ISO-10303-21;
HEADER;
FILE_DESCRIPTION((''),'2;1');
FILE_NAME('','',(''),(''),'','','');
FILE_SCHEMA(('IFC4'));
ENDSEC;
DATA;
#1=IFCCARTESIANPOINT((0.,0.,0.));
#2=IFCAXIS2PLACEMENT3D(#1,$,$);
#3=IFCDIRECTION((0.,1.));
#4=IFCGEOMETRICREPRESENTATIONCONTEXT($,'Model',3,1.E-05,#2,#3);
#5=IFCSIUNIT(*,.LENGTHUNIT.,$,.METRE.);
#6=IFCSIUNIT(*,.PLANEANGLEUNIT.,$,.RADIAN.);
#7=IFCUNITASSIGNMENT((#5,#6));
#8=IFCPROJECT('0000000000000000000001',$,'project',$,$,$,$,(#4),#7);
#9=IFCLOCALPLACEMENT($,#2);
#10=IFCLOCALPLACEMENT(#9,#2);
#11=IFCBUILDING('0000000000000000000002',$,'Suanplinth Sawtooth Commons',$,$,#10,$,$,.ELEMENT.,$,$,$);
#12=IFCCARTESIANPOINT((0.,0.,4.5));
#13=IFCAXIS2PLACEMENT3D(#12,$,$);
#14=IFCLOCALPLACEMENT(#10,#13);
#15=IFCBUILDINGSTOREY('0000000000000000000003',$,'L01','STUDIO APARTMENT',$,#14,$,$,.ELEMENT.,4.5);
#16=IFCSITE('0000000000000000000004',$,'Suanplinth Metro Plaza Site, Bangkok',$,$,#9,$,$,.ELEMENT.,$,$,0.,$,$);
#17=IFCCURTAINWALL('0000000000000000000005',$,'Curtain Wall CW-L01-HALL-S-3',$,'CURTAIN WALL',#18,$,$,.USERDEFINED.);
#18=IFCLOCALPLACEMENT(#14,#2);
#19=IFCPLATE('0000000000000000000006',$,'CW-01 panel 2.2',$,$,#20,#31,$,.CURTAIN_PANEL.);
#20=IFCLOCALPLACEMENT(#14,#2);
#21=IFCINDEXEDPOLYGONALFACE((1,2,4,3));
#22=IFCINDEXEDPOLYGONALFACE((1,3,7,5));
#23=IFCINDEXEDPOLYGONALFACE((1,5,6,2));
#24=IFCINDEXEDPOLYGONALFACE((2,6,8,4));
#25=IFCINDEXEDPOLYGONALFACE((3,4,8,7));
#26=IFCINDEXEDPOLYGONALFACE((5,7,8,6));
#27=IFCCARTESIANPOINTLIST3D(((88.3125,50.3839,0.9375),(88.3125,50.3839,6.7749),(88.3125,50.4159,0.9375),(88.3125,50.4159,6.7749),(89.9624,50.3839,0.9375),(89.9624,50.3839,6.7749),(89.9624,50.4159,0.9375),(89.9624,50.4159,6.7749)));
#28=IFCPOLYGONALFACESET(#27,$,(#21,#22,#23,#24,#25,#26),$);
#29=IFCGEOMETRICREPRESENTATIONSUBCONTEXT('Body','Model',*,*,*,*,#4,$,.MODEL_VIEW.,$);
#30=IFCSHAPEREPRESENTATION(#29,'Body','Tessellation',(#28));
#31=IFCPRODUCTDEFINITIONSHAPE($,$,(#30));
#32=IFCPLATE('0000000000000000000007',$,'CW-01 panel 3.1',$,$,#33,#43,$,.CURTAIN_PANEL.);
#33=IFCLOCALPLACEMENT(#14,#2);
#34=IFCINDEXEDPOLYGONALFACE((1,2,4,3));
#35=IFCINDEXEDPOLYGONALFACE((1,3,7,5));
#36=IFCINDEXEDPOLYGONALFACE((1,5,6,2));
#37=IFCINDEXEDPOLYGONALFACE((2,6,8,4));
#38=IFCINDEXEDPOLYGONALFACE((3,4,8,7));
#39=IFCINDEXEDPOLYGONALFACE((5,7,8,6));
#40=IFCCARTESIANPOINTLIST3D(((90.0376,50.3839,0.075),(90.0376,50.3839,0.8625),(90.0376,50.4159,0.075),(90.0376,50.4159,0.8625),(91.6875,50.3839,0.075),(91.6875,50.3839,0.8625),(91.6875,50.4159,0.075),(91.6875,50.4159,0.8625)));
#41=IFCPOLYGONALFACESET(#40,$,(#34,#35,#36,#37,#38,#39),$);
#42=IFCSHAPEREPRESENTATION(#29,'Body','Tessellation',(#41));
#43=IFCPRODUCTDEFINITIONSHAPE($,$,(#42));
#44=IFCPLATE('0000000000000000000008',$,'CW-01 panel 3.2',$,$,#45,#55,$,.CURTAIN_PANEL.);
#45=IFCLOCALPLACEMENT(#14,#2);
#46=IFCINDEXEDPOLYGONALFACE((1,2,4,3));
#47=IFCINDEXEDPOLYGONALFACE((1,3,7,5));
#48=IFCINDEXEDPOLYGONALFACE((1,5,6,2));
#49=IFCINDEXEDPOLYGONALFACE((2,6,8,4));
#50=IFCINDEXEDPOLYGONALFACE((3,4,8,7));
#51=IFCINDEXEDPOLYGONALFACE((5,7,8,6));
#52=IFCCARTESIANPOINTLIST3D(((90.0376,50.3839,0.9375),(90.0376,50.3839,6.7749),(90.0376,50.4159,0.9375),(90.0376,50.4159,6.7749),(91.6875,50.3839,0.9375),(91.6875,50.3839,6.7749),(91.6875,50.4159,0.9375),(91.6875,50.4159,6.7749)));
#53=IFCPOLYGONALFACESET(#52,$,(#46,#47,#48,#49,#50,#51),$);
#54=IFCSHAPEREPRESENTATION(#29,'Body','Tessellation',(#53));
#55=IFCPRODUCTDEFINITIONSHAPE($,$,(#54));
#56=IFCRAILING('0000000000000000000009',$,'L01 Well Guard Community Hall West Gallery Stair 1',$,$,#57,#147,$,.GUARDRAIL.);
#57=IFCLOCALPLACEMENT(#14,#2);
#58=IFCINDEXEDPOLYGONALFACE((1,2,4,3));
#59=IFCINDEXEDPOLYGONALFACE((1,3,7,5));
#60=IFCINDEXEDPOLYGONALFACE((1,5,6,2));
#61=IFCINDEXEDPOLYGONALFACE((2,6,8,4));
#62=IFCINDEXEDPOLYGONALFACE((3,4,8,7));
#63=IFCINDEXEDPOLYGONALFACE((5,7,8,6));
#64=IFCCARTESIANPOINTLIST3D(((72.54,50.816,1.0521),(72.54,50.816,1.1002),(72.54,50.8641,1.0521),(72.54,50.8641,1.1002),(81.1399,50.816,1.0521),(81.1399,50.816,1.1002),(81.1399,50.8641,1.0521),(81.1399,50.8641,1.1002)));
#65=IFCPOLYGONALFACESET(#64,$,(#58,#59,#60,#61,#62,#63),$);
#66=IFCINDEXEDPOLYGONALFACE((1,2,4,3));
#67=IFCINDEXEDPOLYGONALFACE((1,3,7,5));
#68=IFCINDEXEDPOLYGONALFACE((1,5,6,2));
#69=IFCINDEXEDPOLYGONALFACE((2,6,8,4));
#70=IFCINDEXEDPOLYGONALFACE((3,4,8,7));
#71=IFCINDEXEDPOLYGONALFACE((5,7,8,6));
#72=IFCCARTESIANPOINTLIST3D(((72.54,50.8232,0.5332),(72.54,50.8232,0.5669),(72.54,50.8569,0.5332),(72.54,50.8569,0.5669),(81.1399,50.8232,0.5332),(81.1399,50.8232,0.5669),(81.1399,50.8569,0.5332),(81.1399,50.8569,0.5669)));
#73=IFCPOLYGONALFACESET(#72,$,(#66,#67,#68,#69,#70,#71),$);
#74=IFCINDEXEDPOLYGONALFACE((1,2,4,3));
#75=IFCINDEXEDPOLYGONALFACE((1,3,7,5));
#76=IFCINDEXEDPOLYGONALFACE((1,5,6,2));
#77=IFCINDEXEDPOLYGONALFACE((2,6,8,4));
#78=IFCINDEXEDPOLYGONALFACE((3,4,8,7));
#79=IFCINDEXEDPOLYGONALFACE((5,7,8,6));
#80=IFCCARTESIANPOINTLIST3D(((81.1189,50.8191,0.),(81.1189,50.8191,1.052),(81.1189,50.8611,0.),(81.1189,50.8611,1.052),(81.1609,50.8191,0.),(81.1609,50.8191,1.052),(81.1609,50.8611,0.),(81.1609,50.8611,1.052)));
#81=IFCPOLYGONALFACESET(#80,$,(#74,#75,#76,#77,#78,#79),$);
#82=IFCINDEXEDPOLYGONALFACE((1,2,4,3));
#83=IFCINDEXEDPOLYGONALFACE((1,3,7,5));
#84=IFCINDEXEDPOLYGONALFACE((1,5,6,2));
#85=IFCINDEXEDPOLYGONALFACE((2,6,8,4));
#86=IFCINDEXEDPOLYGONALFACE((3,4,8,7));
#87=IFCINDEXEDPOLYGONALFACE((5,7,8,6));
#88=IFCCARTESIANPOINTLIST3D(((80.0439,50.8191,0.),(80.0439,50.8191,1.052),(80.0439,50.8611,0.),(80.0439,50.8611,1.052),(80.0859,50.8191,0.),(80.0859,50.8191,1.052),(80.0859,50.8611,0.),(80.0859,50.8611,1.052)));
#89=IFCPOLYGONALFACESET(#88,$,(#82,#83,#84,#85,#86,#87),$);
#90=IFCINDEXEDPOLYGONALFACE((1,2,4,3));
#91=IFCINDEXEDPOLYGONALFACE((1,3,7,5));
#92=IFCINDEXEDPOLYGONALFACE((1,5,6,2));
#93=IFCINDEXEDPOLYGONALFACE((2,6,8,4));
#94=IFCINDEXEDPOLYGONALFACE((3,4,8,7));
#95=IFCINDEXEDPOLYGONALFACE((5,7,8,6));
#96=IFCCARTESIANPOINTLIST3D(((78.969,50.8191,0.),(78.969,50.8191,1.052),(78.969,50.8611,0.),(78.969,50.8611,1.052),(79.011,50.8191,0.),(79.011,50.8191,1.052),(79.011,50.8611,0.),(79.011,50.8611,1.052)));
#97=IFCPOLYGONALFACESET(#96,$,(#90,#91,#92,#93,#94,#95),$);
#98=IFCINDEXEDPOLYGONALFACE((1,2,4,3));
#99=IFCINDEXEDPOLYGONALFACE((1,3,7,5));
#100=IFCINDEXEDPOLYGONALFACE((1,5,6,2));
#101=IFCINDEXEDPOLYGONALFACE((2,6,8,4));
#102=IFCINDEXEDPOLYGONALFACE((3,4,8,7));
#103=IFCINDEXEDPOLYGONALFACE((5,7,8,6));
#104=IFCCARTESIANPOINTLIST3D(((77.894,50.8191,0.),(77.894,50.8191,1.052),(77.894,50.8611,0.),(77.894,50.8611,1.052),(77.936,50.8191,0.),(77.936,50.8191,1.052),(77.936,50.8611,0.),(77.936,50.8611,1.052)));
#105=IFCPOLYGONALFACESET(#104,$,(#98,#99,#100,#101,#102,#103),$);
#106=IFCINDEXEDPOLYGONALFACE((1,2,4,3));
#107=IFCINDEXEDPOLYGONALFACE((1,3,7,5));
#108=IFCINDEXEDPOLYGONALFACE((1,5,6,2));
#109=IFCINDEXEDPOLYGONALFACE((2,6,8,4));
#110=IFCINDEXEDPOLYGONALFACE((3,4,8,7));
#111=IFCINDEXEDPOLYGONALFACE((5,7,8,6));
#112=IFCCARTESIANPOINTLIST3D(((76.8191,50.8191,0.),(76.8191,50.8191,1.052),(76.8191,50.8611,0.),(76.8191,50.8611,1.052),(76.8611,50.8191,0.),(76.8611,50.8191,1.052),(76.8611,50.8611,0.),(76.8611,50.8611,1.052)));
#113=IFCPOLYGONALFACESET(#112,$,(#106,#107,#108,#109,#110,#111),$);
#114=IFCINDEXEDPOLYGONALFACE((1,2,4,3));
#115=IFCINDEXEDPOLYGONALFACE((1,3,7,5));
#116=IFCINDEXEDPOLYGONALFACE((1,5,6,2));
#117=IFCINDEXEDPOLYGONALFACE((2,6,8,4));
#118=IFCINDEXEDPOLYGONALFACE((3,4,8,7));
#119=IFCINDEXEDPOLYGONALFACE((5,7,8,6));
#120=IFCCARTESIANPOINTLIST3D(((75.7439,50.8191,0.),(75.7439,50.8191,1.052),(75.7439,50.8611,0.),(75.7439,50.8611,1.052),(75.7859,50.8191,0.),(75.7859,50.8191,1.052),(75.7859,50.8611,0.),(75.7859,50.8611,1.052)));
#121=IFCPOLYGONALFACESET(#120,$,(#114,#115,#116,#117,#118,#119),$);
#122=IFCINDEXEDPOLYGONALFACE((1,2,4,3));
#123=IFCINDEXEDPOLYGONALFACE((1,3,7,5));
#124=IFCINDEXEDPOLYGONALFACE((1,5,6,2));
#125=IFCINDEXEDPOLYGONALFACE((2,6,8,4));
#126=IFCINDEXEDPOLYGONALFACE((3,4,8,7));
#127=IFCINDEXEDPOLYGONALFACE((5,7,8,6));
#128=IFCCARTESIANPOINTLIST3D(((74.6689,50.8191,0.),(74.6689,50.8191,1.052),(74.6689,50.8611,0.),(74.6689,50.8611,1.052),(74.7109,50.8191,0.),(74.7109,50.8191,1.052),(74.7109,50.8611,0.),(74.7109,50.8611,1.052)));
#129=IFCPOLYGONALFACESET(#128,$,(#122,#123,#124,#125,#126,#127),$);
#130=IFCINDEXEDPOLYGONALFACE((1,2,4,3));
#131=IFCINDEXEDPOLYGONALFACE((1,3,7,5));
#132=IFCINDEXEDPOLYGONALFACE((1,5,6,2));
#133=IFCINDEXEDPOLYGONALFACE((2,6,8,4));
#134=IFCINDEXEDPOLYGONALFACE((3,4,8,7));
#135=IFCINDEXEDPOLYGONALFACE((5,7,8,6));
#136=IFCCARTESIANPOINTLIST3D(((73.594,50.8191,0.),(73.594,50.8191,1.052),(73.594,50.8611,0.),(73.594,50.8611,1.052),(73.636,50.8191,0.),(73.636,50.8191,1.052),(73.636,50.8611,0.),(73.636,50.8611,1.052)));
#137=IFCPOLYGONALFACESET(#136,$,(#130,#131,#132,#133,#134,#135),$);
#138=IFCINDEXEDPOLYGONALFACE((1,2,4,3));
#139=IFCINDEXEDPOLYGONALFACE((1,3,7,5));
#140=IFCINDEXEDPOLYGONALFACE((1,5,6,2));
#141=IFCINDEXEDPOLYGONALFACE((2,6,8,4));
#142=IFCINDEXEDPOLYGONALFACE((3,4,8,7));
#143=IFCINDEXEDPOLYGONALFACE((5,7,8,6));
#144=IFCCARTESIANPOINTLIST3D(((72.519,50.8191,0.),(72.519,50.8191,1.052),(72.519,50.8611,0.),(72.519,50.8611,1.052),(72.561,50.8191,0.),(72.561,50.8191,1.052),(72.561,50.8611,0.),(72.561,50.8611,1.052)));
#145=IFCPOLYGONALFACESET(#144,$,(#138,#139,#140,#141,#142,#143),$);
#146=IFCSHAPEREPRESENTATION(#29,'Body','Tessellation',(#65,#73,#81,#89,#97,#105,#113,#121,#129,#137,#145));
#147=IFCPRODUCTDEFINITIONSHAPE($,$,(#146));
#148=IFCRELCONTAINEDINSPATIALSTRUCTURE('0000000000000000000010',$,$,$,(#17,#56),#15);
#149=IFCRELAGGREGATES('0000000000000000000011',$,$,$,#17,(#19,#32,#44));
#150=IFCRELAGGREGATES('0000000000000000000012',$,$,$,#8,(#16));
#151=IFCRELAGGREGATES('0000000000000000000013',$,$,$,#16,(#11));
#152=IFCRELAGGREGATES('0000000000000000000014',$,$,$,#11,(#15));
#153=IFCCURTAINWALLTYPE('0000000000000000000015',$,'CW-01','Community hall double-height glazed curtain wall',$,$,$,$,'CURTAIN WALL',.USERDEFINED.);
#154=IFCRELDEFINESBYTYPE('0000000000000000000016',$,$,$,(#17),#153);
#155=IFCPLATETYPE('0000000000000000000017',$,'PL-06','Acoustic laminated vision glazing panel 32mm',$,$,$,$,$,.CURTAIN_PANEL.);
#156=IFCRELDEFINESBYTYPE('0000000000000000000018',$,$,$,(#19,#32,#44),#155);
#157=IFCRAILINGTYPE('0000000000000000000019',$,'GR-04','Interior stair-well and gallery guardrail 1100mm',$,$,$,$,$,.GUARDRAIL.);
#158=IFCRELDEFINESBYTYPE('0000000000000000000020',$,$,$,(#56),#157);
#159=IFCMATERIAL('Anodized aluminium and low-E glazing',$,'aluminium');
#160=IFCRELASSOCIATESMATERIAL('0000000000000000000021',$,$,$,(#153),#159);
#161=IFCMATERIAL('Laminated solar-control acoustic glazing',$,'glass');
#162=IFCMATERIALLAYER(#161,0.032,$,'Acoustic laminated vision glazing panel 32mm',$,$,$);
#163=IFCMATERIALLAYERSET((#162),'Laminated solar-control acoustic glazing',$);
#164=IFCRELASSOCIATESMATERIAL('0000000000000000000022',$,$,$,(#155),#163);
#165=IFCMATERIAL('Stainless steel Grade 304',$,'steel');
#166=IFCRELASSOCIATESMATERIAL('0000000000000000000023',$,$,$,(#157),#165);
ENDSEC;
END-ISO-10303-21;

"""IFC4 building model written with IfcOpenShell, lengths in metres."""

from ifc_helpers import new_model, si_unit, direction, frame, origin, origin_2d, place, context, subcontext, project, spatial, rectangle, extrude, material, layer, layer_set, type_object, element, aggregate, save


model = new_model("IFC4")

# Units and contexts
model_context = context("Model", 3, precision=1e-05, world=origin(), true_north=direction((0.0, 1.0)))
body_context = subcontext(model_context, "Body", "Model", "MODEL_VIEW")
ifc_project = project(units=[si_unit("LENGTHUNIT", "METRE"), si_unit("PLANEANGLEUNIT", "RADIAN")], contexts=[model_context])

# Site, building, storey
site_placement = place(None, origin())
site = spatial("IfcSite", under=ifc_project, at=site_placement, Name="Suanplinth Metro Plaza Site, Bangkok", CompositionType="ELEMENT", RefElevation=0.0)
building_placement = place(site_placement, origin())
building = spatial("IfcBuilding", under=site, at=building_placement, Name="Suanplinth Sawtooth Commons", CompositionType="ELEMENT")
storey_placement = place(building_placement, frame((0.0, 0.0, 4.5)))
storey = spatial("IfcBuildingStorey", under=building, at=storey_placement, Name="L01", Description="STUDIO APARTMENT", CompositionType="ELEMENT", Elevation=4.5)

# Curtain wall
ifc_material_1 = material(Name="Anodized aluminium and low-E glazing", Category="aluminium")
curtain_wall_type = type_object("IfcCurtainWallType", Name="CW-01", Description="Community hall double-height glazed curtain wall", ElementType="CURTAIN WALL", PredefinedType="USERDEFINED", material=ifc_material_1)
curtain_wall_1_placement = place(storey_placement, origin())
curtain_wall_1 = element("IfcCurtainWall", 1, at=curtain_wall_1_placement, inside=storey, type_object=curtain_wall_type, Name="Curtain Wall CW-L01-HALL-S-3", ObjectType="CURTAIN WALL", PredefinedType="USERDEFINED")

# Plates
ifc_material_2 = material(Name="Laminated solar-control acoustic glazing", Category="glass")
ifc_layer = layer(ifc_material_2, 0.032, Name="Acoustic laminated vision glazing panel 32mm")
ifc_layer_set = layer_set([ifc_layer], Name="Laminated solar-control acoustic glazing")
plate_type = type_object("IfcPlateType", Name="PL-06", Description="Acoustic laminated vision glazing panel 32mm", PredefinedType="CURTAIN_PANEL", material=ifc_layer_set)
plate_1_placement = place(storey_placement, frame((89.1375, 50.3999, 0.9375), z_axis=(0.0, 0.0, 1.0), x_axis=(1.0, 0.0, 0.0)))
plate_1 = element("IfcPlate", 2, at=plate_1_placement, type_object=plate_type, Name="CW-01 panel 2.2", PredefinedType="CURTAIN_PANEL", context=body_context, shape_type="SweptSolid", body=[
    extrude(rectangle(XDim=1.6499, YDim=0.032, at=origin_2d()), origin(), (0.0, 0.0, 1.0), 5.8374),
])
plate_2_placement = place(storey_placement, frame((90.8625, 50.3999, 0.075), z_axis=(0.0, 0.0, 1.0), x_axis=(1.0, 0.0, 0.0)))
plate_2 = element("IfcPlate", 3, at=plate_2_placement, type_object=plate_type, Name="CW-01 panel 3.1", PredefinedType="CURTAIN_PANEL", context=body_context, shape_type="SweptSolid", body=[
    extrude(rectangle(XDim=1.6499, YDim=0.032, at=origin_2d()), origin(), (0.0, 0.0, 1.0), 0.7876),
])
plate_3_placement = place(storey_placement, frame((90.8625, 50.3999, 0.9375), z_axis=(0.0, 0.0, 1.0), x_axis=(1.0, 0.0, 0.0)))
plate_3 = element("IfcPlate", 4, at=plate_3_placement, type_object=plate_type, Name="CW-01 panel 3.2", PredefinedType="CURTAIN_PANEL", context=body_context, shape_type="SweptSolid", body=[
    extrude(rectangle(XDim=1.6499, YDim=0.032, at=origin_2d()), origin(), (0.0, 0.0, 1.0), 5.8374),
])
aggregate(curtain_wall_1, [plate_1, plate_2, plate_3])

# Railing
ifc_material_3 = material(Name="Stainless steel Grade 304", Category="steel")
railing_type = type_object("IfcRailingType", Name="GR-04", Description="Interior stair-well and gallery guardrail 1100mm", PredefinedType="GUARDRAIL", material=ifc_material_3)
railing_placement = place(storey_placement, frame((81.1399, 50.8401, 0.0)))
element("IfcRailing", 5, at=railing_placement, inside=storey, type_object=railing_type, Name="L01 Well Guard Community Hall West Gallery Stair 1", PredefinedType="GUARDRAIL", context=body_context, shape_type="SweptSolid", body=[
    extrude(rectangle(XDim=0.0481, YDim=0.0481, at=origin_2d()), frame((0.0, 0.0, 1.0762), z_axis=(-1.0, 0.0, 0.0), x_axis=(0.0, -1.0, 0.0)), (0.0, 0.0, 1.0), 8.5999),
    extrude(rectangle(XDim=0.0337, YDim=0.0337, at=origin_2d()), frame((0.0, 0.0, 0.55), z_axis=(-1.0, 0.0, 0.0), x_axis=(0.0, -1.0, 0.0)), (0.0, 0.0, 1.0), 8.5999),
    extrude(rectangle(XDim=0.042, YDim=0.042, at=origin_2d()), origin(), (0.0, 0.0, 1.0), 1.052),
    extrude(rectangle(XDim=0.042, YDim=0.042, at=origin_2d()), frame((-1.075, 0.0, 0.0)), (0.0, 0.0, 1.0), 1.052),
    extrude(rectangle(XDim=0.042, YDim=0.042, at=origin_2d()), frame((-2.1499, 0.0, 0.0)), (0.0, 0.0, 1.0), 1.052),
    extrude(rectangle(XDim=0.042, YDim=0.042, at=origin_2d()), frame((-3.2249, 0.0, 0.0)), (0.0, 0.0, 1.0), 1.052),
    extrude(rectangle(XDim=0.042, YDim=0.042, at=origin_2d()), frame((-4.2998, 0.0, 0.0)), (0.0, 0.0, 1.0), 1.052),
    extrude(rectangle(XDim=0.042, YDim=0.042, at=origin_2d()), frame((-5.375, 0.0, 0.0)), (0.0, 0.0, 1.0), 1.052),
    extrude(rectangle(XDim=0.042, YDim=0.042, at=origin_2d()), frame((-6.45, 0.0, 0.0)), (0.0, 0.0, 1.0), 1.052),
    extrude(rectangle(XDim=0.042, YDim=0.042, at=origin_2d()), frame((-7.5249, 0.0, 0.0)), (0.0, 0.0, 1.0), 1.052),
    extrude(rectangle(XDim=0.042, YDim=0.042, at=origin_2d()), frame((-8.5999, 0.0, 0.0)), (0.0, 0.0, 1.0), 1.052),
])

save(model, "model.ifc")
